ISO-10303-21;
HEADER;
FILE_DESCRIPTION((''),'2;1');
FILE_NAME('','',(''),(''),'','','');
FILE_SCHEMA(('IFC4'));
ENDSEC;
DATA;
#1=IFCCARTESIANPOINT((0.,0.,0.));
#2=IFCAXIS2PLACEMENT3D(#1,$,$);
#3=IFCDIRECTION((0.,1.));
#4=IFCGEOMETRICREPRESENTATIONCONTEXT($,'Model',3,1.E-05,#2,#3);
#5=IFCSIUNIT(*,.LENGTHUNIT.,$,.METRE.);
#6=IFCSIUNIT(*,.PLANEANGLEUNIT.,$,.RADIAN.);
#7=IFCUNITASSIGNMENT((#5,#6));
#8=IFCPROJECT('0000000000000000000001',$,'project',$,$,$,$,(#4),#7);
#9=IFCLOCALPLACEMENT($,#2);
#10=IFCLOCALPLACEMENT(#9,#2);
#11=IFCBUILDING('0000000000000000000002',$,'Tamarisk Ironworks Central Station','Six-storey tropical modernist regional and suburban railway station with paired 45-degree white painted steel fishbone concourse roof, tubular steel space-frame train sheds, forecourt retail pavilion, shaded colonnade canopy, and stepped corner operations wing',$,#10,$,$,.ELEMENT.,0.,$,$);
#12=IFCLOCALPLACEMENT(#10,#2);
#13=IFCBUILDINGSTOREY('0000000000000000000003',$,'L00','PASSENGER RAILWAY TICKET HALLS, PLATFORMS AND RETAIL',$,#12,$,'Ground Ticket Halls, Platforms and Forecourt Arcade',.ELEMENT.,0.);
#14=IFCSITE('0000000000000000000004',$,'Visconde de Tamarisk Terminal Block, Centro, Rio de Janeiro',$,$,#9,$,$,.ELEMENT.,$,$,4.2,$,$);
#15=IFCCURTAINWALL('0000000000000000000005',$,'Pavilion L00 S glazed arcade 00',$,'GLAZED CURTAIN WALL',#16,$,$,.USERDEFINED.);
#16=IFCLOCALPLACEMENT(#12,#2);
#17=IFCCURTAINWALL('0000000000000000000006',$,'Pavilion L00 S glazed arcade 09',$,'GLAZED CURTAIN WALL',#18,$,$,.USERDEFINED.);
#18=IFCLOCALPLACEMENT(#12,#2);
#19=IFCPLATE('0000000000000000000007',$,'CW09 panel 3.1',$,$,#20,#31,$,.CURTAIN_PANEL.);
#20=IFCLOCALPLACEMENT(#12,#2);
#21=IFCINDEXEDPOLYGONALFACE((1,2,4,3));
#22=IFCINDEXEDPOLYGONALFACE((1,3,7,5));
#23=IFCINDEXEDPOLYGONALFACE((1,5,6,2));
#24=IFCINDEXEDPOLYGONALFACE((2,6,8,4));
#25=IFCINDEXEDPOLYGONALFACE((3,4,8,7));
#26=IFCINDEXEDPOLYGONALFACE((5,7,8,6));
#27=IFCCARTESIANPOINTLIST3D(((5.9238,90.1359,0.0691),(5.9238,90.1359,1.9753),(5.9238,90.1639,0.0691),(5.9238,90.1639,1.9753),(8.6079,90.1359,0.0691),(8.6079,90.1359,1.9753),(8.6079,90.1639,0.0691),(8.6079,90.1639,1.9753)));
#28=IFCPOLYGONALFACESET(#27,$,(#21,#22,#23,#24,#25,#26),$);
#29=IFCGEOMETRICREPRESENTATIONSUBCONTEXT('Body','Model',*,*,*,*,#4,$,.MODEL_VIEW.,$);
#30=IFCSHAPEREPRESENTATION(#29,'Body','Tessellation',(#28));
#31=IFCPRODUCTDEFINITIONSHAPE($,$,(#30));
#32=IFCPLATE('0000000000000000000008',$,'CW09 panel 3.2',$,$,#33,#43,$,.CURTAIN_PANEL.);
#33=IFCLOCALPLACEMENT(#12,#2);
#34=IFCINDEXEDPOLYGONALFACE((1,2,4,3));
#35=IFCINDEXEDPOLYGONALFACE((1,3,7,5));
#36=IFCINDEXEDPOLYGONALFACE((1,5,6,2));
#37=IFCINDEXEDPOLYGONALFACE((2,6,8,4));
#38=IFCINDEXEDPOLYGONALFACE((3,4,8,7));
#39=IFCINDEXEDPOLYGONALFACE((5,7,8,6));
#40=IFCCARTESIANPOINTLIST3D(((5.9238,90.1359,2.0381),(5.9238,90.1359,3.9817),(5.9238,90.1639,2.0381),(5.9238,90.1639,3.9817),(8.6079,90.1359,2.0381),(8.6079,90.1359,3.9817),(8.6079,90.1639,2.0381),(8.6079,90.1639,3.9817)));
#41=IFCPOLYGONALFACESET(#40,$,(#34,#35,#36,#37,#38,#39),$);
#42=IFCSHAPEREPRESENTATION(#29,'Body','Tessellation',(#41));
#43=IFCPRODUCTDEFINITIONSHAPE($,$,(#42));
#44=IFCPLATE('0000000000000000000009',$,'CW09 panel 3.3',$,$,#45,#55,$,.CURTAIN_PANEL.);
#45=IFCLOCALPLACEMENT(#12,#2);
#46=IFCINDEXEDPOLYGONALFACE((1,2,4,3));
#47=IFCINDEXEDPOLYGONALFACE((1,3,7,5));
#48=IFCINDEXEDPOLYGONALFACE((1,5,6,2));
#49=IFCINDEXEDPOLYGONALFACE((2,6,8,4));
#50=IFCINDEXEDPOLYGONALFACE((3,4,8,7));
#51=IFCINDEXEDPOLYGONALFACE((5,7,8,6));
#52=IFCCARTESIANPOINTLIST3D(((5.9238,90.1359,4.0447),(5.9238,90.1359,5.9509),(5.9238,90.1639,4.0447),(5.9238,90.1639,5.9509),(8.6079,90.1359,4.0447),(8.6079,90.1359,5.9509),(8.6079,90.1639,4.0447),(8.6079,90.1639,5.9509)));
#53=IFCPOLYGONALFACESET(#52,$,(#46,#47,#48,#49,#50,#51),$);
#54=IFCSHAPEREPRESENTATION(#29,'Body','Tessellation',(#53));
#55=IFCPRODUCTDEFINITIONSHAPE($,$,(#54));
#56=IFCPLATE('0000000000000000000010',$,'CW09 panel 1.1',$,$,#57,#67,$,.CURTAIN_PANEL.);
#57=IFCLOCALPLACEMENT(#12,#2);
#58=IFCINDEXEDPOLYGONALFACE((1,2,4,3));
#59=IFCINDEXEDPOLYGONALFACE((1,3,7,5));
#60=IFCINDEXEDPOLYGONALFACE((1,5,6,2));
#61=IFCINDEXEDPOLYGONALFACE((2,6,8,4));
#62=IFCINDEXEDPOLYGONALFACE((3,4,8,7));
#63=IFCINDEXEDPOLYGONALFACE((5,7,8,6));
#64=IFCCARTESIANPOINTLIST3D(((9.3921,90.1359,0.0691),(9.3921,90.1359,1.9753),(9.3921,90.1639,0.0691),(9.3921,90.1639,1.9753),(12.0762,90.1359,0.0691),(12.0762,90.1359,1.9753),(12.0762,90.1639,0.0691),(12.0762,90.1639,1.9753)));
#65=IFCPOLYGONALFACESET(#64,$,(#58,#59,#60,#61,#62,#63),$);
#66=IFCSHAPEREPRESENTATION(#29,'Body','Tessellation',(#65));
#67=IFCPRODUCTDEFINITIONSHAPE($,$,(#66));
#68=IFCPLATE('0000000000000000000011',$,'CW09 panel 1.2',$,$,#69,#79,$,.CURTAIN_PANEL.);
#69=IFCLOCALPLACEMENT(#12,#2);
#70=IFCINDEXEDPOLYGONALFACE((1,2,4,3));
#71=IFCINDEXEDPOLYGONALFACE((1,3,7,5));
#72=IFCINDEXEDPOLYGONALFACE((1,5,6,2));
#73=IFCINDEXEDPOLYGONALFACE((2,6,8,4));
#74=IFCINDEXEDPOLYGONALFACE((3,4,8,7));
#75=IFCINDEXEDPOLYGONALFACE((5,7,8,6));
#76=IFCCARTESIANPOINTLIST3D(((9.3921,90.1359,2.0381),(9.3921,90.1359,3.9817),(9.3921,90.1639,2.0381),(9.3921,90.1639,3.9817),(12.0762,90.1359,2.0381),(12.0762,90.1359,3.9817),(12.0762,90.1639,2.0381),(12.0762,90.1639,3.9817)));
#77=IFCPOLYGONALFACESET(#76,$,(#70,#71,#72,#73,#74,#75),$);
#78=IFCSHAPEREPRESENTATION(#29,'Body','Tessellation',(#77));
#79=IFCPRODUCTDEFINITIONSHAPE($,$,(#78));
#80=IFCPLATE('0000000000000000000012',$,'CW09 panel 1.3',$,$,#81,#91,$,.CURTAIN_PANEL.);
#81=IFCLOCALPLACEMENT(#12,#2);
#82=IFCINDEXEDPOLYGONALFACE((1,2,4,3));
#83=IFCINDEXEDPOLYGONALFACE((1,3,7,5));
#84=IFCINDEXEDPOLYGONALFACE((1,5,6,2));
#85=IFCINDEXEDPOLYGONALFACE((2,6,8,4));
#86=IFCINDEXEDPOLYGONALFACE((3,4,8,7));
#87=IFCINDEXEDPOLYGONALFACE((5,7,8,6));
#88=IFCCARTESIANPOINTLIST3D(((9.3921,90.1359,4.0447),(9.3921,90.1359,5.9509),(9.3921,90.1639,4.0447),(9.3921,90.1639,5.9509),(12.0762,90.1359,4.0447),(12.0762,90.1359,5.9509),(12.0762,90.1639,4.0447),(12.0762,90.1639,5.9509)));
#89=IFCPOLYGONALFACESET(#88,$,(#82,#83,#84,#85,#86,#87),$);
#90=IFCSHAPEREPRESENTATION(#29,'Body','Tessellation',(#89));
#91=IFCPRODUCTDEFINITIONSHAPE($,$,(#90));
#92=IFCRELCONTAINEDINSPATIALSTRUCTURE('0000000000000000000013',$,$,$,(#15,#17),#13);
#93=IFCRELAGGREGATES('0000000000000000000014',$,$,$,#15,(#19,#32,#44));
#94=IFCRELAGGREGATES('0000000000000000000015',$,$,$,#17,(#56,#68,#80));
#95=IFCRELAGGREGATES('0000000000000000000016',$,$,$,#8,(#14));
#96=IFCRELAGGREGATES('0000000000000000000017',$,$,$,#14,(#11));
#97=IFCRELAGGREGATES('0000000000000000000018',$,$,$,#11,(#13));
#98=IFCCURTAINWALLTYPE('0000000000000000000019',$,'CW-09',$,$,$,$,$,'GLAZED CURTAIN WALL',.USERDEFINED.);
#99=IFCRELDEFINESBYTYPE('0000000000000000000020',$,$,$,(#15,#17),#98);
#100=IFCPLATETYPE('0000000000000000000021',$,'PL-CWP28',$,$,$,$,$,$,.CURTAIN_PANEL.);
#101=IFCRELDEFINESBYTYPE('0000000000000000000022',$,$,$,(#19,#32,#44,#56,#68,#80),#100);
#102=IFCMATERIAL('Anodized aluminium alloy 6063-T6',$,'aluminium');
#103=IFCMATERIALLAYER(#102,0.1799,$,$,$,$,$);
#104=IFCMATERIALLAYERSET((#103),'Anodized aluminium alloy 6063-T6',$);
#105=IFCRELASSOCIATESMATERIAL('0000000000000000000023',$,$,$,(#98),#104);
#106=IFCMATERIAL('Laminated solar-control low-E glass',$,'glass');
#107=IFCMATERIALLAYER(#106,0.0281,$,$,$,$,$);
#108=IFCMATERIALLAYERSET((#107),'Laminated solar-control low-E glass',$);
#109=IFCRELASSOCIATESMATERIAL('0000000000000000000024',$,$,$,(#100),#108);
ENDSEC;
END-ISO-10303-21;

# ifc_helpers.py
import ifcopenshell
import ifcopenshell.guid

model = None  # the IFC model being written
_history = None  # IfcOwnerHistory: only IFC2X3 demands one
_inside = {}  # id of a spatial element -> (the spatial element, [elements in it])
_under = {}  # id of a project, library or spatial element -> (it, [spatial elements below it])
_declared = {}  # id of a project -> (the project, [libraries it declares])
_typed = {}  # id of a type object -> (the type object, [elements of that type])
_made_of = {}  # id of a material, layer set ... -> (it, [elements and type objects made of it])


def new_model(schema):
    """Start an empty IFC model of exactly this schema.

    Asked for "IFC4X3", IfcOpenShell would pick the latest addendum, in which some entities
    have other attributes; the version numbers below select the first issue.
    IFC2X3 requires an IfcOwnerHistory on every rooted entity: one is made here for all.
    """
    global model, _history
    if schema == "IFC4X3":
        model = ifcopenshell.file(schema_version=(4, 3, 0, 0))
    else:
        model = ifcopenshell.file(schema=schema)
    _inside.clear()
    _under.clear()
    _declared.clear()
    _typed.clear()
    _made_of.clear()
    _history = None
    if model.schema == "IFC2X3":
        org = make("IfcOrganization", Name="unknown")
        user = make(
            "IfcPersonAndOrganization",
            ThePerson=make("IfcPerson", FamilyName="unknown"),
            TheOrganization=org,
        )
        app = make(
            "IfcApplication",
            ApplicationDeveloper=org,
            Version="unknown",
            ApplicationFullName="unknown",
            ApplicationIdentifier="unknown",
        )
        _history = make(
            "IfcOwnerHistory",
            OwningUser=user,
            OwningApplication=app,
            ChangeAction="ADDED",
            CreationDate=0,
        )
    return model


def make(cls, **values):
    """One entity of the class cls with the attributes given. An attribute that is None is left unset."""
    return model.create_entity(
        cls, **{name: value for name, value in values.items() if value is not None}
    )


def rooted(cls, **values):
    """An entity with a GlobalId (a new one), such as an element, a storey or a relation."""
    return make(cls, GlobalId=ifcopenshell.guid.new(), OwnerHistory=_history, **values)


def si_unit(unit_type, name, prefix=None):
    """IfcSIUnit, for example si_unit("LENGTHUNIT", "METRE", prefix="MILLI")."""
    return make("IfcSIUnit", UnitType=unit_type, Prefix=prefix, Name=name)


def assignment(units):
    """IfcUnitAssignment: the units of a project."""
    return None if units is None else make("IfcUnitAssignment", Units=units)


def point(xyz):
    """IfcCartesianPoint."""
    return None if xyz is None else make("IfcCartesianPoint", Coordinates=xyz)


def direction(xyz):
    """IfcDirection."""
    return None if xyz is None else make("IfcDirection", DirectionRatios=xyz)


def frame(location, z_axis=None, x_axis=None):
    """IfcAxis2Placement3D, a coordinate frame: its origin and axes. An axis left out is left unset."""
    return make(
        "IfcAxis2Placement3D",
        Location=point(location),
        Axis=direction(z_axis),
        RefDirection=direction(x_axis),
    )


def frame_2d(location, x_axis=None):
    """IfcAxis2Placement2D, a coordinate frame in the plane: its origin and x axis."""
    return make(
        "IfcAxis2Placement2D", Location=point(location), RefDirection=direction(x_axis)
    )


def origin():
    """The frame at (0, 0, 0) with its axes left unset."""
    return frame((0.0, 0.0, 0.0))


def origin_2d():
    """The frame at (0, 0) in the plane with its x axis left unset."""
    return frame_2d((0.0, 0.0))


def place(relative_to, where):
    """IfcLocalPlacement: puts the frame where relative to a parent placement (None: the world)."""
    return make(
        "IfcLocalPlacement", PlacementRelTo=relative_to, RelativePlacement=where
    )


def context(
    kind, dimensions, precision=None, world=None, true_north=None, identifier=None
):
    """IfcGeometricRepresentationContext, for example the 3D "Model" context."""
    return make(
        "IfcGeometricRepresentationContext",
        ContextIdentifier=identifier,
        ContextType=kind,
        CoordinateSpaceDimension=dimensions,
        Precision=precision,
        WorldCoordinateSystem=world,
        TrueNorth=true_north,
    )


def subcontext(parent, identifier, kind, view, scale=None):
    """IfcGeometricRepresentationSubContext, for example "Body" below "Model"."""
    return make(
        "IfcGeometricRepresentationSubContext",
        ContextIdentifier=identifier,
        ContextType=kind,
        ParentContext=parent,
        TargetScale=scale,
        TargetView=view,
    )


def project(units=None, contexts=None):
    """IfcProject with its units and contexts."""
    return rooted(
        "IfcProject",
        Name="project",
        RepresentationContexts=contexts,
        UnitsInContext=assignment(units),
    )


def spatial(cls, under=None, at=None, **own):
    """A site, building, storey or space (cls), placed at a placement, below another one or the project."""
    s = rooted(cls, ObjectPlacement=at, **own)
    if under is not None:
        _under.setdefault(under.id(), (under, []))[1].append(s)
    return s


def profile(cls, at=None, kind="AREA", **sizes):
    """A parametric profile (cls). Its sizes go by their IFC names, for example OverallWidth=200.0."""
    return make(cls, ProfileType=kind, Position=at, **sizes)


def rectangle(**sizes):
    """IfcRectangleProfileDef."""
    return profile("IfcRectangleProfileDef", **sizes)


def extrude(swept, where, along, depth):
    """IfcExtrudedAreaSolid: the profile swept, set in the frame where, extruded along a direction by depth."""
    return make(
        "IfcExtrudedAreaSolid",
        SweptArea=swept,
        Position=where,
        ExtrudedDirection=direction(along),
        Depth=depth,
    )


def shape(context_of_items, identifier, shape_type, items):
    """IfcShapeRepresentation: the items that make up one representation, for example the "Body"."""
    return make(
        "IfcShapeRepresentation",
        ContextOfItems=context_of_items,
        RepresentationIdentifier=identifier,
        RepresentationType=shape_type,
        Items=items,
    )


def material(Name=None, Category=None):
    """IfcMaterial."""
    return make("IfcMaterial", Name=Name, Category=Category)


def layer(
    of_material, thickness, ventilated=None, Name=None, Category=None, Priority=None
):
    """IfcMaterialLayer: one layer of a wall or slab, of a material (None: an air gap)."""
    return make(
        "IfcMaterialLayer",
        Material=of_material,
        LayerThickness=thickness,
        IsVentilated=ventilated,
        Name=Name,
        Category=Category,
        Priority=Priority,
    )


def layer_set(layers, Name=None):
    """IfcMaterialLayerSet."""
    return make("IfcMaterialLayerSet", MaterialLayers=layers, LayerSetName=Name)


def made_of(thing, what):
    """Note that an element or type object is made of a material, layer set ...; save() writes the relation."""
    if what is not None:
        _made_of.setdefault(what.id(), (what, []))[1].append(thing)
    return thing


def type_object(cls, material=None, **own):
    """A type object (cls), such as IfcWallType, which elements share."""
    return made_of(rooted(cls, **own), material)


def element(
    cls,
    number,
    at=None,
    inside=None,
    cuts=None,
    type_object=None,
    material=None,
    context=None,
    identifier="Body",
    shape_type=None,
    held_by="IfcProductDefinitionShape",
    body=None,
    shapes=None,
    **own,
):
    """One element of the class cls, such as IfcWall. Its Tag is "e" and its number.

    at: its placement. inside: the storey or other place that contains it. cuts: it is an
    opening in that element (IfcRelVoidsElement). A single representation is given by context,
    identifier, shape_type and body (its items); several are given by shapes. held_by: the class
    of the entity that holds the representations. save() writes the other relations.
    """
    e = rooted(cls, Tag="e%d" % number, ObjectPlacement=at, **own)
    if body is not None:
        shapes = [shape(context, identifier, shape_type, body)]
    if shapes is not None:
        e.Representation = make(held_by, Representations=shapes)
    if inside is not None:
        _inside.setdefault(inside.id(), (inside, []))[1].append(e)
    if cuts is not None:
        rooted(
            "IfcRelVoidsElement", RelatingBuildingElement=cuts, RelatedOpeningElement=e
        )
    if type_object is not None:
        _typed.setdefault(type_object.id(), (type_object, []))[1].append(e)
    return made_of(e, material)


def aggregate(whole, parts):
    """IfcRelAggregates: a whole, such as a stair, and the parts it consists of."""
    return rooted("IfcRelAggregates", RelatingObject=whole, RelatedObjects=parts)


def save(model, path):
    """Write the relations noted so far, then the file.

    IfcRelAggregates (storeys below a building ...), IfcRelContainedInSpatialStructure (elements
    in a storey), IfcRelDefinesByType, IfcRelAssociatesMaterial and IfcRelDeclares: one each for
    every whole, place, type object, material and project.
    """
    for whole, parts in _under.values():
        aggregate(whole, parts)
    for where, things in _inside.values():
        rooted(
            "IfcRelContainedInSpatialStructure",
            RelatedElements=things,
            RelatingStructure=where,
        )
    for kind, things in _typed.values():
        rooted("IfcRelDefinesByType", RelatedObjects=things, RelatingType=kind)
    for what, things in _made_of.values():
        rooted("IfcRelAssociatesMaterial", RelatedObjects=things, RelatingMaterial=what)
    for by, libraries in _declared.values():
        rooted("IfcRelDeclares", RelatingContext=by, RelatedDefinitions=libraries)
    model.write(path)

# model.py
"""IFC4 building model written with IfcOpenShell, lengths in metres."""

from ifc_helpers import new_model, si_unit, direction, frame, origin, origin_2d, place, context, subcontext, project, spatial, rectangle, extrude, material, layer, layer_set, type_object, element, aggregate, save


model = new_model("IFC4")

# Units and contexts
model_context = context("Model", 3, precision=1e-05, world=origin(), true_north=direction((0.0, 1.0)))
body_context = subcontext(model_context, "Body", "Model", "MODEL_VIEW")
ifc_project = project(units=[si_unit("LENGTHUNIT", "METRE"), si_unit("PLANEANGLEUNIT", "RADIAN")], contexts=[model_context])

# Site, building, storey
site_placement = place(None, origin())
site = spatial("IfcSite", under=ifc_project, at=site_placement, Name="Visconde de Tamarisk Terminal Block, Centro, Rio de Janeiro", CompositionType="ELEMENT", RefElevation=4.2)
building_placement = place(site_placement, origin())
building = spatial("IfcBuilding", under=site, at=building_placement, Name="Tamarisk Ironworks Central Station", Description="Six-storey tropical modernist regional and suburban railway station with paired 45-degree white painted steel fishbone concourse roof, tubular steel space-frame train sheds, forecourt retail pavilion, shaded colonnade canopy, and stepped corner operations wing", CompositionType="ELEMENT", ElevationOfRefHeight=0.0)
storey_placement = place(building_placement, origin())
storey = spatial("IfcBuildingStorey", under=building, at=storey_placement, Name="L00", Description="PASSENGER RAILWAY TICKET HALLS, PLATFORMS AND RETAIL", LongName="Ground Ticket Halls, Platforms and Forecourt Arcade", CompositionType="ELEMENT", Elevation=0.0)

# Curtain wall
ifc_material_1 = material(Name="Anodized aluminium alloy 6063-T6", Category="aluminium")
ifc_layer_1 = layer(ifc_material_1, 0.1799)
ifc_layer_set_1 = layer_set([ifc_layer_1], Name="Anodized aluminium alloy 6063-T6")
curtain_wall_type = type_object("IfcCurtainWallType", Name="CW-09", ElementType="GLAZED CURTAIN WALL", PredefinedType="USERDEFINED", material=ifc_layer_set_1)
curtain_wall_1_placement = place(storey_placement, origin())
curtain_wall_1 = element("IfcCurtainWall", 1, at=curtain_wall_1_placement, inside=storey, type_object=curtain_wall_type, Name="Pavilion L00 S glazed arcade 00", ObjectType="GLAZED CURTAIN WALL", PredefinedType="USERDEFINED")

# Curtain wall
curtain_wall_2_placement = place(storey_placement, origin())
curtain_wall_2 = element("IfcCurtainWall", 2, at=curtain_wall_2_placement, inside=storey, type_object=curtain_wall_type, Name="Pavilion L00 S glazed arcade 09", ObjectType="GLAZED CURTAIN WALL", PredefinedType="USERDEFINED")

# Plates
ifc_material_2 = material(Name="Laminated solar-control low-E glass", Category="glass")
ifc_layer_2 = layer(ifc_material_2, 0.0281)
ifc_layer_set_2 = layer_set([ifc_layer_2], Name="Laminated solar-control low-E glass")
plate_type = type_object("IfcPlateType", Name="PL-CWP28", PredefinedType="CURTAIN_PANEL", material=ifc_layer_set_2)
plate_1_placement = place(storey_placement, frame((7.2659, 90.1499, 0.0691), z_axis=(0.0, 0.0, 1.0), x_axis=(1.0, 0.0, 0.0)))
plate_1 = element("IfcPlate", 3, at=plate_1_placement, type_object=plate_type, Name="CW09 panel 3.1", PredefinedType="CURTAIN_PANEL", context=body_context, shape_type="SweptSolid", body=[
    extrude(rectangle(XDim=2.6841, YDim=0.0281, at=origin_2d()), origin(), (0.0, 0.0, 1.0), 1.9062),
])
plate_2_placement = place(storey_placement, frame((7.2659, 90.1499, 2.0381), z_axis=(0.0, 0.0, 1.0), x_axis=(1.0, 0.0, 0.0)))
plate_2 = element("IfcPlate", 4, at=plate_2_placement, type_object=plate_type, Name="CW09 panel 3.2", PredefinedType="CURTAIN_PANEL", context=body_context, shape_type="SweptSolid", body=[
    extrude(rectangle(XDim=2.6841, YDim=0.0281, at=origin_2d()), origin(), (0.0, 0.0, 1.0), 1.9436),
])
plate_3_placement = place(storey_placement, frame((7.2659, 90.1499, 4.0447), z_axis=(0.0, 0.0, 1.0), x_axis=(1.0, 0.0, 0.0)))
plate_3 = element("IfcPlate", 5, at=plate_3_placement, type_object=plate_type, Name="CW09 panel 3.3", PredefinedType="CURTAIN_PANEL", context=body_context, shape_type="SweptSolid", body=[
    extrude(rectangle(XDim=2.6841, YDim=0.0281, at=origin_2d()), origin(), (0.0, 0.0, 1.0), 1.9062),
])
aggregate(curtain_wall_1, [plate_1, plate_2, plate_3])
plate_4_placement = place(storey_placement, frame((10.7341, 90.1499, 0.0691), z_axis=(0.0, 0.0, 1.0), x_axis=(1.0, 0.0, 0.0)))
plate_4 = element("IfcPlate", 6, at=plate_4_placement, type_object=plate_type, Name="CW09 panel 1.1", PredefinedType="CURTAIN_PANEL", context=body_context, shape_type="SweptSolid", body=[
    extrude(rectangle(XDim=2.6841, YDim=0.0281, at=origin_2d()), origin(), (0.0, 0.0, 1.0), 1.9062),
])
plate_5_placement = place(storey_placement, frame((10.7341, 90.1499, 2.0381), z_axis=(0.0, 0.0, 1.0), x_axis=(1.0, 0.0, 0.0)))
plate_5 = element("IfcPlate", 7, at=plate_5_placement, type_object=plate_type, Name="CW09 panel 1.2", PredefinedType="CURTAIN_PANEL", context=body_context, shape_type="SweptSolid", body=[
    extrude(rectangle(XDim=2.6841, YDim=0.0281, at=origin_2d()), origin(), (0.0, 0.0, 1.0), 1.9436),
])
plate_6_placement = place(storey_placement, frame((10.7341, 90.1499, 4.0447), z_axis=(0.0, 0.0, 1.0), x_axis=(1.0, 0.0, 0.0)))
plate_6 = element("IfcPlate", 8, at=plate_6_placement, type_object=plate_type, Name="CW09 panel 1.3", PredefinedType="CURTAIN_PANEL", context=body_context, shape_type="SweptSolid", body=[
    extrude(rectangle(XDim=2.6841, YDim=0.0281, at=origin_2d()), origin(), (0.0, 0.0, 1.0), 1.9062),
])
aggregate(curtain_wall_2, [plate_4, plate_5, plate_6])

save(model, "model.ifc")
